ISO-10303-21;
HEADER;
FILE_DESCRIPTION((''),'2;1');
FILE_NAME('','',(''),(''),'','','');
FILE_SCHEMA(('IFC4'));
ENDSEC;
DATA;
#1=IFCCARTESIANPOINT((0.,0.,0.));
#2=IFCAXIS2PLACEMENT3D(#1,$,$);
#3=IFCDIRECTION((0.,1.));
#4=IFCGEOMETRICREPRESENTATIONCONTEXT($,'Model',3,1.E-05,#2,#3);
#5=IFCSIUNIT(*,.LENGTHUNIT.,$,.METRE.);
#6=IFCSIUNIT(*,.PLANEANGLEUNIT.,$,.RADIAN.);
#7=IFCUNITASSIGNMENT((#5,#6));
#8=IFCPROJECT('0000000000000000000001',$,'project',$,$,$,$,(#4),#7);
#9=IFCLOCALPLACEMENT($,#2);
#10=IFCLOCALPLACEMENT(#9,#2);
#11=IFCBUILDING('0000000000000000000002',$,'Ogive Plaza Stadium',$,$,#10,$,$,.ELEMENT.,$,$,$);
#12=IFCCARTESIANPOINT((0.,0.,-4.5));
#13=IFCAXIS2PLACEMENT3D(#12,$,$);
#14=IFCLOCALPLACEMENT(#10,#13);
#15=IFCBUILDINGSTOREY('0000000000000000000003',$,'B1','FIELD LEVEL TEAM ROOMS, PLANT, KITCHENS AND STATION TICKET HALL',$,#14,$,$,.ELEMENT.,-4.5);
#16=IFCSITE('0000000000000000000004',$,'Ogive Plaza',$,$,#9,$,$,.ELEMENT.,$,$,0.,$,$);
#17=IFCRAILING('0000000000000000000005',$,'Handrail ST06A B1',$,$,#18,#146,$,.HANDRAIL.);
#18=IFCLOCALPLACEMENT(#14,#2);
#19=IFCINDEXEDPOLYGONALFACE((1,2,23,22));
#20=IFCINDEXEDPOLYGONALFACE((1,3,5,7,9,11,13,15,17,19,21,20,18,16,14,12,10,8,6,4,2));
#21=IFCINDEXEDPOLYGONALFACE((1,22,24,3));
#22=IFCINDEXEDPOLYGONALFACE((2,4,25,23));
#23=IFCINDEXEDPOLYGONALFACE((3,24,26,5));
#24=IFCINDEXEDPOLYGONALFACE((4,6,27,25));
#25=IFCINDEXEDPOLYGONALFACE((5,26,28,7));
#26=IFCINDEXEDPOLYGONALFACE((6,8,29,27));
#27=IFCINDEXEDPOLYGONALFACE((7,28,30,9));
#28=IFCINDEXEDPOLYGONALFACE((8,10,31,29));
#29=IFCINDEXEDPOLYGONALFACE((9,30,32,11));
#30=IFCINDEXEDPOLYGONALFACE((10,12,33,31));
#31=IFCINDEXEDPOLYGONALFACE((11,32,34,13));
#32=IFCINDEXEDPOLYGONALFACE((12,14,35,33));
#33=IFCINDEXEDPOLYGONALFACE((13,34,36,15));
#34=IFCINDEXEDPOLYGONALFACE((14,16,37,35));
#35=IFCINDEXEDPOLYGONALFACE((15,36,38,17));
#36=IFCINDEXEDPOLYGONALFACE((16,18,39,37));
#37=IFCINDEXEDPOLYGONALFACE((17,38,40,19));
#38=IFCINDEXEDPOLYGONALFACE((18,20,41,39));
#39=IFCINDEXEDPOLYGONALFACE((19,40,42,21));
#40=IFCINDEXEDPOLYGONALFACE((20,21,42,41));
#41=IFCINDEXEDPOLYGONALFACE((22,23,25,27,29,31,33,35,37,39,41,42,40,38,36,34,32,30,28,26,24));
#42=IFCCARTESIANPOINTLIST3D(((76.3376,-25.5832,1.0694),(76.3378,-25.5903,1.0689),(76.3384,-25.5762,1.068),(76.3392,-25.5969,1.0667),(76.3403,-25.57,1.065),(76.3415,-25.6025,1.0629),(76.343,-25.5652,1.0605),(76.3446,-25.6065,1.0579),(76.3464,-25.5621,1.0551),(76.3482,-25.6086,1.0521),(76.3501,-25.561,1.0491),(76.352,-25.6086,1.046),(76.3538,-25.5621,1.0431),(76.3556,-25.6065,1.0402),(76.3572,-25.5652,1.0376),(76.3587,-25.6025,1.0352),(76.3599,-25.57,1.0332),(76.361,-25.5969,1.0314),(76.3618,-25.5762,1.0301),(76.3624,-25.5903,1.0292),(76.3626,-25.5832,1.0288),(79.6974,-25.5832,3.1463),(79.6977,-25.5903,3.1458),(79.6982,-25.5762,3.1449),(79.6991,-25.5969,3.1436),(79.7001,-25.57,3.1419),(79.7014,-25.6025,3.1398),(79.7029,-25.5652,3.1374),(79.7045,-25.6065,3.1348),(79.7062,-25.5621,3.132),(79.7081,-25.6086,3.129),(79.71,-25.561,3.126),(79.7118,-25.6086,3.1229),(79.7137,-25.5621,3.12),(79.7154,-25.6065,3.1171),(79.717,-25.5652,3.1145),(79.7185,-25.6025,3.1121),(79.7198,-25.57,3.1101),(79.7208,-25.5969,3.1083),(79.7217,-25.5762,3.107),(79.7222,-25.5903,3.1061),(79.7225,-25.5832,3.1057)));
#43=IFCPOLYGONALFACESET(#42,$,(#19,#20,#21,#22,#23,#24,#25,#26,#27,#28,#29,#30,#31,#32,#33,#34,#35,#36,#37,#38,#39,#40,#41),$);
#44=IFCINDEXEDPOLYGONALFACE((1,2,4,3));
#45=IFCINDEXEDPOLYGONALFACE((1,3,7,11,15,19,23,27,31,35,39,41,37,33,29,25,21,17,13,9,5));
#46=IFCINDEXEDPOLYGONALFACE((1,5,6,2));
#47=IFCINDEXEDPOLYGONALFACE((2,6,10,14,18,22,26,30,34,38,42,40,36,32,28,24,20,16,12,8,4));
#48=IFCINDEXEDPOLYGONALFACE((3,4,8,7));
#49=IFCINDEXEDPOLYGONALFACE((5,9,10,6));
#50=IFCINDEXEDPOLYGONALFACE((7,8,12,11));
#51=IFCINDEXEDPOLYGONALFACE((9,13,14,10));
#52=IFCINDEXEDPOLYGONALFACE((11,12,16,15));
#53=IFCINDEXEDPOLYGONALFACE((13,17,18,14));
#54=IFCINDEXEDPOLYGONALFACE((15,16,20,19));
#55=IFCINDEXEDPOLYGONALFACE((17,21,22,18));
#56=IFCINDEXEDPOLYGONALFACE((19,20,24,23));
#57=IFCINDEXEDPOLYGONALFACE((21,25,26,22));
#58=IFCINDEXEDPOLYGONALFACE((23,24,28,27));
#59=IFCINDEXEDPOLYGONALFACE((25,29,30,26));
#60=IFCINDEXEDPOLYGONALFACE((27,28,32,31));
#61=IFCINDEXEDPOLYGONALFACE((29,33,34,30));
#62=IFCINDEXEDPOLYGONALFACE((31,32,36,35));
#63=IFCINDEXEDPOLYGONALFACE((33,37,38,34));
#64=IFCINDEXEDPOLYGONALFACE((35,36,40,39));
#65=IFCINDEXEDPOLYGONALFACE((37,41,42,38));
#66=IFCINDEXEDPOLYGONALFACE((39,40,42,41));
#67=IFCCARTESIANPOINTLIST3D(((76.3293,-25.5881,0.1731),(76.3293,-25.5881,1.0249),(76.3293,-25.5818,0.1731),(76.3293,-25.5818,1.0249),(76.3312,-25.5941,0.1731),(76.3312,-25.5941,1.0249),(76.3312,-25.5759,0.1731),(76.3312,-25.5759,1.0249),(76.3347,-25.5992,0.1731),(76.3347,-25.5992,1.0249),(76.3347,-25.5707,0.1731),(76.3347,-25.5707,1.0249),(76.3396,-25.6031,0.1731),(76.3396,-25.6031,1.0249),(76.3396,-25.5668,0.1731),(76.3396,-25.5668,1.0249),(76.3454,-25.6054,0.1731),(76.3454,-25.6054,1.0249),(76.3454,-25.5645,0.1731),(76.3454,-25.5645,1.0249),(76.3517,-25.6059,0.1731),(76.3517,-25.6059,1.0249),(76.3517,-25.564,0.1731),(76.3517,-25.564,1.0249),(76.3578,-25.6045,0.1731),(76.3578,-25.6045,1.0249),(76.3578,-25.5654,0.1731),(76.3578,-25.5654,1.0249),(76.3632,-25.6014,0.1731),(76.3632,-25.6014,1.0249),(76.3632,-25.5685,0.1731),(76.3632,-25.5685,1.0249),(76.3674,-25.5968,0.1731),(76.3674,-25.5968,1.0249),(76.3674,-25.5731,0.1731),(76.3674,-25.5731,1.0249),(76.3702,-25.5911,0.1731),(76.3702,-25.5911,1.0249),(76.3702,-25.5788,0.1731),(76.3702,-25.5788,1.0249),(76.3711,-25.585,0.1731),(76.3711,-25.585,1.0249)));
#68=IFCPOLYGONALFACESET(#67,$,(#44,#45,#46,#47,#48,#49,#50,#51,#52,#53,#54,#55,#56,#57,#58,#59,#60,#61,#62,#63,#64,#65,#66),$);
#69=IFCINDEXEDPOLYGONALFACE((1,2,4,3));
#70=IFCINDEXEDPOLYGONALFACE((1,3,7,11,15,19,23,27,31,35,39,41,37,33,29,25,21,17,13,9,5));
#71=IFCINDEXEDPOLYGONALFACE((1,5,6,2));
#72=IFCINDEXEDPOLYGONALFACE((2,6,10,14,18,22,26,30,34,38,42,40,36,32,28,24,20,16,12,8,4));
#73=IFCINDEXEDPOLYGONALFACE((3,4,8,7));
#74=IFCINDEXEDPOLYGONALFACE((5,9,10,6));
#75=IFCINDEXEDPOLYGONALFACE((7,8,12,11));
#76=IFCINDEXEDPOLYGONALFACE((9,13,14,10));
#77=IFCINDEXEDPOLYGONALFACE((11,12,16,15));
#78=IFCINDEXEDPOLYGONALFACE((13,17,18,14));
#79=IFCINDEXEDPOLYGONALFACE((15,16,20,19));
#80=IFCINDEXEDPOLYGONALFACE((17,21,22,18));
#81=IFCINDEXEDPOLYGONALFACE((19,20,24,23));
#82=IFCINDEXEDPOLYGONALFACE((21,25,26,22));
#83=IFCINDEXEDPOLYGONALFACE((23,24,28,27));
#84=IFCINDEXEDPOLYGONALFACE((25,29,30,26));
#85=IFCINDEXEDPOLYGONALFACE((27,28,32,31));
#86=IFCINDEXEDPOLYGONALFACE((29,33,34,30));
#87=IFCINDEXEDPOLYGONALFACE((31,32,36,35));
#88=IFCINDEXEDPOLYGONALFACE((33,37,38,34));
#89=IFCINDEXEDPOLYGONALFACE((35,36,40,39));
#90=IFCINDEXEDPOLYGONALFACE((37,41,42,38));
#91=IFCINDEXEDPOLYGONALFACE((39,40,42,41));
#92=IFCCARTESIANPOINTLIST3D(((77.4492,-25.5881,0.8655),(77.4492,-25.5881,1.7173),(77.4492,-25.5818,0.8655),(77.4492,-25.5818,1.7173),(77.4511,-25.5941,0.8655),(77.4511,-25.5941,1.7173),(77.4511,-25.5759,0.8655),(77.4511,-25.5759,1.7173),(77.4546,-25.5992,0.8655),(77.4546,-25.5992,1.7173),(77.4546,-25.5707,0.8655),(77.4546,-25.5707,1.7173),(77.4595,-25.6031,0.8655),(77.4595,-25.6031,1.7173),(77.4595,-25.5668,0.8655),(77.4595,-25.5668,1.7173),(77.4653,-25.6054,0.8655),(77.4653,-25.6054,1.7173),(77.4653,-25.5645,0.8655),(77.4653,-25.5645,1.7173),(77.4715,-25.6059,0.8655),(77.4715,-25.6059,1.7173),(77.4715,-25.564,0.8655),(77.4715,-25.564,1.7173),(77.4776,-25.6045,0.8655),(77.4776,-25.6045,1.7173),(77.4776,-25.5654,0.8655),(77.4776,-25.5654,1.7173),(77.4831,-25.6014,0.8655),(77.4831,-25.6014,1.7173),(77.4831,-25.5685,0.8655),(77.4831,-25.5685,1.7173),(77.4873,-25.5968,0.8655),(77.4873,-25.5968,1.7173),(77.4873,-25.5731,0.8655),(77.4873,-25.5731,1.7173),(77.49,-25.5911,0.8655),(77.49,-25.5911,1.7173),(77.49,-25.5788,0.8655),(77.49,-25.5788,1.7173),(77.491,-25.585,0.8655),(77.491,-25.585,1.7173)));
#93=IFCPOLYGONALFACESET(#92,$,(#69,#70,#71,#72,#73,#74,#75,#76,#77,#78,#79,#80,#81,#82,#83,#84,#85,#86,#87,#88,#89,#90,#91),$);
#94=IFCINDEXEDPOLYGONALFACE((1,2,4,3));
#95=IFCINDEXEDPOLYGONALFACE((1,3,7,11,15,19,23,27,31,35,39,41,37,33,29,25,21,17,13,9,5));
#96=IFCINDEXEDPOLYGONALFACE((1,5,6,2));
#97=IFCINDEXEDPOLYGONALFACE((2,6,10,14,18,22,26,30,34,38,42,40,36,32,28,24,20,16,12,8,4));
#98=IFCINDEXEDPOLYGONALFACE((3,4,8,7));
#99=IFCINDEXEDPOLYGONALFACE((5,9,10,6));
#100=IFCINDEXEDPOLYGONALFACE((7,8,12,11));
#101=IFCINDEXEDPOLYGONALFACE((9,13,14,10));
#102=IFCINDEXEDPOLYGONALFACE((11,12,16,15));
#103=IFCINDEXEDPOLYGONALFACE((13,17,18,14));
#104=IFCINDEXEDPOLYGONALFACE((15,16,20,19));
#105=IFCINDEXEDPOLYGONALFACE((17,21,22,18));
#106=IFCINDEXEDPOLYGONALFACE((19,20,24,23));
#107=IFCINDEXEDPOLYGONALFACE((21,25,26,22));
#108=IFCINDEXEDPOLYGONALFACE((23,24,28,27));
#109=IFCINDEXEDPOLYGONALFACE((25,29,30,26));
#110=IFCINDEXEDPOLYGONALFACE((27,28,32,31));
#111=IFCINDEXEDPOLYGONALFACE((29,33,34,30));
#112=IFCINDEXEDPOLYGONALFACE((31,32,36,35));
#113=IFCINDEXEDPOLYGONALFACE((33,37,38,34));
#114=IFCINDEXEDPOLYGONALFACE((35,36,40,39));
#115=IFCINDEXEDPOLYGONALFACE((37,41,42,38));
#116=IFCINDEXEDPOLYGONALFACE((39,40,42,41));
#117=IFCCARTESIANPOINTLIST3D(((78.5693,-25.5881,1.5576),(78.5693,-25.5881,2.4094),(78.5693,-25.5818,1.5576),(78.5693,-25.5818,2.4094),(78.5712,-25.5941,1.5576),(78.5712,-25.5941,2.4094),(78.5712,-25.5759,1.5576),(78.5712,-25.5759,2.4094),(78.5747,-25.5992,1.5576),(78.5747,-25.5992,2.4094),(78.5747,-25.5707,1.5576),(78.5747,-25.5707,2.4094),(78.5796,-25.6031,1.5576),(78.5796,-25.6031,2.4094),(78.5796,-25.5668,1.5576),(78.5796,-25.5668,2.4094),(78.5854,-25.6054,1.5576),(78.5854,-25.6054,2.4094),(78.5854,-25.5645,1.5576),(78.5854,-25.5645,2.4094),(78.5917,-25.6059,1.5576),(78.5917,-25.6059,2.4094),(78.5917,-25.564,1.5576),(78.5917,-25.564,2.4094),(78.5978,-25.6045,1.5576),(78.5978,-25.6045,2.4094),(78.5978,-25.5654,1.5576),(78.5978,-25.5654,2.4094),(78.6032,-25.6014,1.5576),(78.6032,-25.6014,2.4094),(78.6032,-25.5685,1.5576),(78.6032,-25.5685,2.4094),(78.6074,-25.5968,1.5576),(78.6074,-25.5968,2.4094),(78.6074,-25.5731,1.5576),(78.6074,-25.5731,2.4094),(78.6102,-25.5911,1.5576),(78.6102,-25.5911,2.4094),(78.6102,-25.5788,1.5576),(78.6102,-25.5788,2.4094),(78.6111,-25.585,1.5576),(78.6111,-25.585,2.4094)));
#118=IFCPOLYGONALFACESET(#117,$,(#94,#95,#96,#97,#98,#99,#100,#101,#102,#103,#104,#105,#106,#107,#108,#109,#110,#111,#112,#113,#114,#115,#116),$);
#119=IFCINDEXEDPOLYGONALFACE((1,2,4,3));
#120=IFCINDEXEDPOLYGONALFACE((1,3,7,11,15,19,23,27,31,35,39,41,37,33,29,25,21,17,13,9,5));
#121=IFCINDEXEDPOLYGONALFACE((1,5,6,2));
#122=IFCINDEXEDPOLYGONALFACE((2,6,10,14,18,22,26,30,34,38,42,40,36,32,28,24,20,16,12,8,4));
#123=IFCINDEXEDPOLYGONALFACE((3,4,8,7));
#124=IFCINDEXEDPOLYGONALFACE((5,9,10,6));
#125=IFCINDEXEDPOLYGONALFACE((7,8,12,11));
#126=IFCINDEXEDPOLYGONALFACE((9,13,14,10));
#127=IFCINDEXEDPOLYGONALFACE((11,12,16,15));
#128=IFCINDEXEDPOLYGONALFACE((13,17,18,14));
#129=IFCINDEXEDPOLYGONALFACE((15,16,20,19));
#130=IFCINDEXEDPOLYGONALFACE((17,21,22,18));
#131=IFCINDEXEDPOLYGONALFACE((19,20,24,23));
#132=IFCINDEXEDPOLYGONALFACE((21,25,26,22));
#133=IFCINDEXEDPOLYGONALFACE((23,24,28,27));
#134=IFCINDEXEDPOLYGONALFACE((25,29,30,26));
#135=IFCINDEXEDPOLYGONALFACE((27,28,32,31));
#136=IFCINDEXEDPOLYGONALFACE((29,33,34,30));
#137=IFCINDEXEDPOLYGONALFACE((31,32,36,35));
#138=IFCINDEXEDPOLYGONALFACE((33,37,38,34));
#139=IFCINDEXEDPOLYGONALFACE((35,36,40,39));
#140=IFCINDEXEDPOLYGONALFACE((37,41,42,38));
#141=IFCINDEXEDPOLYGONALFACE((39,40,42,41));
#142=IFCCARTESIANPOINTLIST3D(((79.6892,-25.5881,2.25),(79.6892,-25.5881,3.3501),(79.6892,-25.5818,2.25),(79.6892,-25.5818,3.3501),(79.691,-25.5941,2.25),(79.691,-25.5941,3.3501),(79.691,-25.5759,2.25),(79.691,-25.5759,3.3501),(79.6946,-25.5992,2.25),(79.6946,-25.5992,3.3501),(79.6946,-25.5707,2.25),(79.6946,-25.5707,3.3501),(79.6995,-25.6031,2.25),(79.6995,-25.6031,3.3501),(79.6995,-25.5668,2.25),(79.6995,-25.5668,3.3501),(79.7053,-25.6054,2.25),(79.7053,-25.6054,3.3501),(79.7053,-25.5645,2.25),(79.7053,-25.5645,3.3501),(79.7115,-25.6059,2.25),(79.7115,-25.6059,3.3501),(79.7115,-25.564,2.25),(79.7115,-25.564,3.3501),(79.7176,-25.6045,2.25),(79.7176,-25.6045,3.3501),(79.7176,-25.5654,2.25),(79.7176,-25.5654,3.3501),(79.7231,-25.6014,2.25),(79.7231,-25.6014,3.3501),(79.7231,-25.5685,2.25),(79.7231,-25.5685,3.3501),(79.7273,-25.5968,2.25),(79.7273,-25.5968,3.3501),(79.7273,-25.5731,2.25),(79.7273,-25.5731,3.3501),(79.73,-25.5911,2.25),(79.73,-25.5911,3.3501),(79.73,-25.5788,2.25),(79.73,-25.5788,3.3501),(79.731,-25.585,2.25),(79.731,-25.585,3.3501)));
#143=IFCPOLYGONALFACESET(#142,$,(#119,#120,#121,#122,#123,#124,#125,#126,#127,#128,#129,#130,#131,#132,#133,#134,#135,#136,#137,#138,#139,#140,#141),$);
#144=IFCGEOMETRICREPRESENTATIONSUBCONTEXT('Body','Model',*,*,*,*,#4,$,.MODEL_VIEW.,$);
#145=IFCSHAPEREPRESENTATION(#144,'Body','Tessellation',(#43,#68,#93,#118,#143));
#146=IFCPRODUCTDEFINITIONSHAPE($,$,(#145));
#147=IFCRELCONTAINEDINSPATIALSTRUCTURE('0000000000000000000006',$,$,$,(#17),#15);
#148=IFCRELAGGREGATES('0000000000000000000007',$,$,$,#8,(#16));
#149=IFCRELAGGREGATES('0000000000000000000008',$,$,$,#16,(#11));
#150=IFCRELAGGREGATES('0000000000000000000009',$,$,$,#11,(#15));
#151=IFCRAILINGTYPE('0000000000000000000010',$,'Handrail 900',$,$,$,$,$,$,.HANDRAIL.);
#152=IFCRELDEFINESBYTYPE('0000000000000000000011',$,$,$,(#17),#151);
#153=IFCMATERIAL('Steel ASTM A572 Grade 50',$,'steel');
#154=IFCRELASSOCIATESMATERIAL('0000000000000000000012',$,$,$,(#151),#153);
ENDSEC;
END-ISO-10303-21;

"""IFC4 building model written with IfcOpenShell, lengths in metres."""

from ifc_helpers import new_model, si_unit, direction, frame, origin, origin_2d, place, context, subcontext, project, spatial, circle, extrude, material, type_object, element, save


model = new_model("IFC4")

# Units and contexts
model_context = context("Model", 3, precision=1e-05, world=origin(), true_north=direction((0.0, 1.0)))
body_context = subcontext(model_context, "Body", "Model", "MODEL_VIEW")
ifc_project = project(units=[si_unit("LENGTHUNIT", "METRE"), si_unit("PLANEANGLEUNIT", "RADIAN")], contexts=[model_context])

# Site, building, storey
site_placement = place(None, origin())
site = spatial("IfcSite", under=ifc_project, at=site_placement, Name="Ogive Plaza", CompositionType="ELEMENT", RefElevation=0.0)
building_placement = place(site_placement, origin())
building = spatial("IfcBuilding", under=site, at=building_placement, Name="Ogive Plaza Stadium", CompositionType="ELEMENT")
storey_placement = place(building_placement, frame((0.0, 0.0, -4.5)))
storey = spatial("IfcBuildingStorey", under=building, at=storey_placement, Name="B1", Description="FIELD LEVEL TEAM ROOMS, PLANT, KITCHENS AND STATION TICKET HALL", CompositionType="ELEMENT", Elevation=-4.5)

# Railing
ifc_material_1 = material(Name="Steel ASTM A572 Grade 50", Category="steel")
railing_type_1 = type_object("IfcRailingType", Name="Handrail 900", PredefinedType="HANDRAIL", material=ifc_material_1)
for number, where, name in (
    (1, (76.3501, -25.585, 0.1731), "Handrail ST06A B1"),
):
    element("IfcRailing", number, at=place(storey_placement, frame(where)), inside=storey, type_object=railing_type_1, Name=name, PredefinedType="HANDRAIL", context=body_context, shape_type="SweptSolid", body=[
        extrude(circle(Radius=0.0239, at=origin_2d()), frame((0.0, 0.0, 0.876), z_axis=(0.850606, 0.0, 0.525803), x_axis=(0.0, 1.0, 0.0)), (0.0, 0.0, 1.0), 3.95),
        extrude(circle(Radius=0.021, at=origin_2d()), origin(), (0.0, 0.0, 1.0), 0.8518),
        extrude(circle(Radius=0.021, at=origin_2d()), frame((1.1199, 0.0, 0.6924)), (0.0, 0.0, 1.0), 0.8518),
        extrude(circle(Radius=0.021, at=origin_2d()), frame((2.24, 0.0, 1.3845)), (0.0, 0.0, 1.0), 0.8518),
        extrude(circle(Radius=0.021, at=origin_2d()), frame((3.3599, 0.0, 2.0769)), (0.0, 0.0, 1.0), 1.1001),
    ])

save(model, "model.ifc")
